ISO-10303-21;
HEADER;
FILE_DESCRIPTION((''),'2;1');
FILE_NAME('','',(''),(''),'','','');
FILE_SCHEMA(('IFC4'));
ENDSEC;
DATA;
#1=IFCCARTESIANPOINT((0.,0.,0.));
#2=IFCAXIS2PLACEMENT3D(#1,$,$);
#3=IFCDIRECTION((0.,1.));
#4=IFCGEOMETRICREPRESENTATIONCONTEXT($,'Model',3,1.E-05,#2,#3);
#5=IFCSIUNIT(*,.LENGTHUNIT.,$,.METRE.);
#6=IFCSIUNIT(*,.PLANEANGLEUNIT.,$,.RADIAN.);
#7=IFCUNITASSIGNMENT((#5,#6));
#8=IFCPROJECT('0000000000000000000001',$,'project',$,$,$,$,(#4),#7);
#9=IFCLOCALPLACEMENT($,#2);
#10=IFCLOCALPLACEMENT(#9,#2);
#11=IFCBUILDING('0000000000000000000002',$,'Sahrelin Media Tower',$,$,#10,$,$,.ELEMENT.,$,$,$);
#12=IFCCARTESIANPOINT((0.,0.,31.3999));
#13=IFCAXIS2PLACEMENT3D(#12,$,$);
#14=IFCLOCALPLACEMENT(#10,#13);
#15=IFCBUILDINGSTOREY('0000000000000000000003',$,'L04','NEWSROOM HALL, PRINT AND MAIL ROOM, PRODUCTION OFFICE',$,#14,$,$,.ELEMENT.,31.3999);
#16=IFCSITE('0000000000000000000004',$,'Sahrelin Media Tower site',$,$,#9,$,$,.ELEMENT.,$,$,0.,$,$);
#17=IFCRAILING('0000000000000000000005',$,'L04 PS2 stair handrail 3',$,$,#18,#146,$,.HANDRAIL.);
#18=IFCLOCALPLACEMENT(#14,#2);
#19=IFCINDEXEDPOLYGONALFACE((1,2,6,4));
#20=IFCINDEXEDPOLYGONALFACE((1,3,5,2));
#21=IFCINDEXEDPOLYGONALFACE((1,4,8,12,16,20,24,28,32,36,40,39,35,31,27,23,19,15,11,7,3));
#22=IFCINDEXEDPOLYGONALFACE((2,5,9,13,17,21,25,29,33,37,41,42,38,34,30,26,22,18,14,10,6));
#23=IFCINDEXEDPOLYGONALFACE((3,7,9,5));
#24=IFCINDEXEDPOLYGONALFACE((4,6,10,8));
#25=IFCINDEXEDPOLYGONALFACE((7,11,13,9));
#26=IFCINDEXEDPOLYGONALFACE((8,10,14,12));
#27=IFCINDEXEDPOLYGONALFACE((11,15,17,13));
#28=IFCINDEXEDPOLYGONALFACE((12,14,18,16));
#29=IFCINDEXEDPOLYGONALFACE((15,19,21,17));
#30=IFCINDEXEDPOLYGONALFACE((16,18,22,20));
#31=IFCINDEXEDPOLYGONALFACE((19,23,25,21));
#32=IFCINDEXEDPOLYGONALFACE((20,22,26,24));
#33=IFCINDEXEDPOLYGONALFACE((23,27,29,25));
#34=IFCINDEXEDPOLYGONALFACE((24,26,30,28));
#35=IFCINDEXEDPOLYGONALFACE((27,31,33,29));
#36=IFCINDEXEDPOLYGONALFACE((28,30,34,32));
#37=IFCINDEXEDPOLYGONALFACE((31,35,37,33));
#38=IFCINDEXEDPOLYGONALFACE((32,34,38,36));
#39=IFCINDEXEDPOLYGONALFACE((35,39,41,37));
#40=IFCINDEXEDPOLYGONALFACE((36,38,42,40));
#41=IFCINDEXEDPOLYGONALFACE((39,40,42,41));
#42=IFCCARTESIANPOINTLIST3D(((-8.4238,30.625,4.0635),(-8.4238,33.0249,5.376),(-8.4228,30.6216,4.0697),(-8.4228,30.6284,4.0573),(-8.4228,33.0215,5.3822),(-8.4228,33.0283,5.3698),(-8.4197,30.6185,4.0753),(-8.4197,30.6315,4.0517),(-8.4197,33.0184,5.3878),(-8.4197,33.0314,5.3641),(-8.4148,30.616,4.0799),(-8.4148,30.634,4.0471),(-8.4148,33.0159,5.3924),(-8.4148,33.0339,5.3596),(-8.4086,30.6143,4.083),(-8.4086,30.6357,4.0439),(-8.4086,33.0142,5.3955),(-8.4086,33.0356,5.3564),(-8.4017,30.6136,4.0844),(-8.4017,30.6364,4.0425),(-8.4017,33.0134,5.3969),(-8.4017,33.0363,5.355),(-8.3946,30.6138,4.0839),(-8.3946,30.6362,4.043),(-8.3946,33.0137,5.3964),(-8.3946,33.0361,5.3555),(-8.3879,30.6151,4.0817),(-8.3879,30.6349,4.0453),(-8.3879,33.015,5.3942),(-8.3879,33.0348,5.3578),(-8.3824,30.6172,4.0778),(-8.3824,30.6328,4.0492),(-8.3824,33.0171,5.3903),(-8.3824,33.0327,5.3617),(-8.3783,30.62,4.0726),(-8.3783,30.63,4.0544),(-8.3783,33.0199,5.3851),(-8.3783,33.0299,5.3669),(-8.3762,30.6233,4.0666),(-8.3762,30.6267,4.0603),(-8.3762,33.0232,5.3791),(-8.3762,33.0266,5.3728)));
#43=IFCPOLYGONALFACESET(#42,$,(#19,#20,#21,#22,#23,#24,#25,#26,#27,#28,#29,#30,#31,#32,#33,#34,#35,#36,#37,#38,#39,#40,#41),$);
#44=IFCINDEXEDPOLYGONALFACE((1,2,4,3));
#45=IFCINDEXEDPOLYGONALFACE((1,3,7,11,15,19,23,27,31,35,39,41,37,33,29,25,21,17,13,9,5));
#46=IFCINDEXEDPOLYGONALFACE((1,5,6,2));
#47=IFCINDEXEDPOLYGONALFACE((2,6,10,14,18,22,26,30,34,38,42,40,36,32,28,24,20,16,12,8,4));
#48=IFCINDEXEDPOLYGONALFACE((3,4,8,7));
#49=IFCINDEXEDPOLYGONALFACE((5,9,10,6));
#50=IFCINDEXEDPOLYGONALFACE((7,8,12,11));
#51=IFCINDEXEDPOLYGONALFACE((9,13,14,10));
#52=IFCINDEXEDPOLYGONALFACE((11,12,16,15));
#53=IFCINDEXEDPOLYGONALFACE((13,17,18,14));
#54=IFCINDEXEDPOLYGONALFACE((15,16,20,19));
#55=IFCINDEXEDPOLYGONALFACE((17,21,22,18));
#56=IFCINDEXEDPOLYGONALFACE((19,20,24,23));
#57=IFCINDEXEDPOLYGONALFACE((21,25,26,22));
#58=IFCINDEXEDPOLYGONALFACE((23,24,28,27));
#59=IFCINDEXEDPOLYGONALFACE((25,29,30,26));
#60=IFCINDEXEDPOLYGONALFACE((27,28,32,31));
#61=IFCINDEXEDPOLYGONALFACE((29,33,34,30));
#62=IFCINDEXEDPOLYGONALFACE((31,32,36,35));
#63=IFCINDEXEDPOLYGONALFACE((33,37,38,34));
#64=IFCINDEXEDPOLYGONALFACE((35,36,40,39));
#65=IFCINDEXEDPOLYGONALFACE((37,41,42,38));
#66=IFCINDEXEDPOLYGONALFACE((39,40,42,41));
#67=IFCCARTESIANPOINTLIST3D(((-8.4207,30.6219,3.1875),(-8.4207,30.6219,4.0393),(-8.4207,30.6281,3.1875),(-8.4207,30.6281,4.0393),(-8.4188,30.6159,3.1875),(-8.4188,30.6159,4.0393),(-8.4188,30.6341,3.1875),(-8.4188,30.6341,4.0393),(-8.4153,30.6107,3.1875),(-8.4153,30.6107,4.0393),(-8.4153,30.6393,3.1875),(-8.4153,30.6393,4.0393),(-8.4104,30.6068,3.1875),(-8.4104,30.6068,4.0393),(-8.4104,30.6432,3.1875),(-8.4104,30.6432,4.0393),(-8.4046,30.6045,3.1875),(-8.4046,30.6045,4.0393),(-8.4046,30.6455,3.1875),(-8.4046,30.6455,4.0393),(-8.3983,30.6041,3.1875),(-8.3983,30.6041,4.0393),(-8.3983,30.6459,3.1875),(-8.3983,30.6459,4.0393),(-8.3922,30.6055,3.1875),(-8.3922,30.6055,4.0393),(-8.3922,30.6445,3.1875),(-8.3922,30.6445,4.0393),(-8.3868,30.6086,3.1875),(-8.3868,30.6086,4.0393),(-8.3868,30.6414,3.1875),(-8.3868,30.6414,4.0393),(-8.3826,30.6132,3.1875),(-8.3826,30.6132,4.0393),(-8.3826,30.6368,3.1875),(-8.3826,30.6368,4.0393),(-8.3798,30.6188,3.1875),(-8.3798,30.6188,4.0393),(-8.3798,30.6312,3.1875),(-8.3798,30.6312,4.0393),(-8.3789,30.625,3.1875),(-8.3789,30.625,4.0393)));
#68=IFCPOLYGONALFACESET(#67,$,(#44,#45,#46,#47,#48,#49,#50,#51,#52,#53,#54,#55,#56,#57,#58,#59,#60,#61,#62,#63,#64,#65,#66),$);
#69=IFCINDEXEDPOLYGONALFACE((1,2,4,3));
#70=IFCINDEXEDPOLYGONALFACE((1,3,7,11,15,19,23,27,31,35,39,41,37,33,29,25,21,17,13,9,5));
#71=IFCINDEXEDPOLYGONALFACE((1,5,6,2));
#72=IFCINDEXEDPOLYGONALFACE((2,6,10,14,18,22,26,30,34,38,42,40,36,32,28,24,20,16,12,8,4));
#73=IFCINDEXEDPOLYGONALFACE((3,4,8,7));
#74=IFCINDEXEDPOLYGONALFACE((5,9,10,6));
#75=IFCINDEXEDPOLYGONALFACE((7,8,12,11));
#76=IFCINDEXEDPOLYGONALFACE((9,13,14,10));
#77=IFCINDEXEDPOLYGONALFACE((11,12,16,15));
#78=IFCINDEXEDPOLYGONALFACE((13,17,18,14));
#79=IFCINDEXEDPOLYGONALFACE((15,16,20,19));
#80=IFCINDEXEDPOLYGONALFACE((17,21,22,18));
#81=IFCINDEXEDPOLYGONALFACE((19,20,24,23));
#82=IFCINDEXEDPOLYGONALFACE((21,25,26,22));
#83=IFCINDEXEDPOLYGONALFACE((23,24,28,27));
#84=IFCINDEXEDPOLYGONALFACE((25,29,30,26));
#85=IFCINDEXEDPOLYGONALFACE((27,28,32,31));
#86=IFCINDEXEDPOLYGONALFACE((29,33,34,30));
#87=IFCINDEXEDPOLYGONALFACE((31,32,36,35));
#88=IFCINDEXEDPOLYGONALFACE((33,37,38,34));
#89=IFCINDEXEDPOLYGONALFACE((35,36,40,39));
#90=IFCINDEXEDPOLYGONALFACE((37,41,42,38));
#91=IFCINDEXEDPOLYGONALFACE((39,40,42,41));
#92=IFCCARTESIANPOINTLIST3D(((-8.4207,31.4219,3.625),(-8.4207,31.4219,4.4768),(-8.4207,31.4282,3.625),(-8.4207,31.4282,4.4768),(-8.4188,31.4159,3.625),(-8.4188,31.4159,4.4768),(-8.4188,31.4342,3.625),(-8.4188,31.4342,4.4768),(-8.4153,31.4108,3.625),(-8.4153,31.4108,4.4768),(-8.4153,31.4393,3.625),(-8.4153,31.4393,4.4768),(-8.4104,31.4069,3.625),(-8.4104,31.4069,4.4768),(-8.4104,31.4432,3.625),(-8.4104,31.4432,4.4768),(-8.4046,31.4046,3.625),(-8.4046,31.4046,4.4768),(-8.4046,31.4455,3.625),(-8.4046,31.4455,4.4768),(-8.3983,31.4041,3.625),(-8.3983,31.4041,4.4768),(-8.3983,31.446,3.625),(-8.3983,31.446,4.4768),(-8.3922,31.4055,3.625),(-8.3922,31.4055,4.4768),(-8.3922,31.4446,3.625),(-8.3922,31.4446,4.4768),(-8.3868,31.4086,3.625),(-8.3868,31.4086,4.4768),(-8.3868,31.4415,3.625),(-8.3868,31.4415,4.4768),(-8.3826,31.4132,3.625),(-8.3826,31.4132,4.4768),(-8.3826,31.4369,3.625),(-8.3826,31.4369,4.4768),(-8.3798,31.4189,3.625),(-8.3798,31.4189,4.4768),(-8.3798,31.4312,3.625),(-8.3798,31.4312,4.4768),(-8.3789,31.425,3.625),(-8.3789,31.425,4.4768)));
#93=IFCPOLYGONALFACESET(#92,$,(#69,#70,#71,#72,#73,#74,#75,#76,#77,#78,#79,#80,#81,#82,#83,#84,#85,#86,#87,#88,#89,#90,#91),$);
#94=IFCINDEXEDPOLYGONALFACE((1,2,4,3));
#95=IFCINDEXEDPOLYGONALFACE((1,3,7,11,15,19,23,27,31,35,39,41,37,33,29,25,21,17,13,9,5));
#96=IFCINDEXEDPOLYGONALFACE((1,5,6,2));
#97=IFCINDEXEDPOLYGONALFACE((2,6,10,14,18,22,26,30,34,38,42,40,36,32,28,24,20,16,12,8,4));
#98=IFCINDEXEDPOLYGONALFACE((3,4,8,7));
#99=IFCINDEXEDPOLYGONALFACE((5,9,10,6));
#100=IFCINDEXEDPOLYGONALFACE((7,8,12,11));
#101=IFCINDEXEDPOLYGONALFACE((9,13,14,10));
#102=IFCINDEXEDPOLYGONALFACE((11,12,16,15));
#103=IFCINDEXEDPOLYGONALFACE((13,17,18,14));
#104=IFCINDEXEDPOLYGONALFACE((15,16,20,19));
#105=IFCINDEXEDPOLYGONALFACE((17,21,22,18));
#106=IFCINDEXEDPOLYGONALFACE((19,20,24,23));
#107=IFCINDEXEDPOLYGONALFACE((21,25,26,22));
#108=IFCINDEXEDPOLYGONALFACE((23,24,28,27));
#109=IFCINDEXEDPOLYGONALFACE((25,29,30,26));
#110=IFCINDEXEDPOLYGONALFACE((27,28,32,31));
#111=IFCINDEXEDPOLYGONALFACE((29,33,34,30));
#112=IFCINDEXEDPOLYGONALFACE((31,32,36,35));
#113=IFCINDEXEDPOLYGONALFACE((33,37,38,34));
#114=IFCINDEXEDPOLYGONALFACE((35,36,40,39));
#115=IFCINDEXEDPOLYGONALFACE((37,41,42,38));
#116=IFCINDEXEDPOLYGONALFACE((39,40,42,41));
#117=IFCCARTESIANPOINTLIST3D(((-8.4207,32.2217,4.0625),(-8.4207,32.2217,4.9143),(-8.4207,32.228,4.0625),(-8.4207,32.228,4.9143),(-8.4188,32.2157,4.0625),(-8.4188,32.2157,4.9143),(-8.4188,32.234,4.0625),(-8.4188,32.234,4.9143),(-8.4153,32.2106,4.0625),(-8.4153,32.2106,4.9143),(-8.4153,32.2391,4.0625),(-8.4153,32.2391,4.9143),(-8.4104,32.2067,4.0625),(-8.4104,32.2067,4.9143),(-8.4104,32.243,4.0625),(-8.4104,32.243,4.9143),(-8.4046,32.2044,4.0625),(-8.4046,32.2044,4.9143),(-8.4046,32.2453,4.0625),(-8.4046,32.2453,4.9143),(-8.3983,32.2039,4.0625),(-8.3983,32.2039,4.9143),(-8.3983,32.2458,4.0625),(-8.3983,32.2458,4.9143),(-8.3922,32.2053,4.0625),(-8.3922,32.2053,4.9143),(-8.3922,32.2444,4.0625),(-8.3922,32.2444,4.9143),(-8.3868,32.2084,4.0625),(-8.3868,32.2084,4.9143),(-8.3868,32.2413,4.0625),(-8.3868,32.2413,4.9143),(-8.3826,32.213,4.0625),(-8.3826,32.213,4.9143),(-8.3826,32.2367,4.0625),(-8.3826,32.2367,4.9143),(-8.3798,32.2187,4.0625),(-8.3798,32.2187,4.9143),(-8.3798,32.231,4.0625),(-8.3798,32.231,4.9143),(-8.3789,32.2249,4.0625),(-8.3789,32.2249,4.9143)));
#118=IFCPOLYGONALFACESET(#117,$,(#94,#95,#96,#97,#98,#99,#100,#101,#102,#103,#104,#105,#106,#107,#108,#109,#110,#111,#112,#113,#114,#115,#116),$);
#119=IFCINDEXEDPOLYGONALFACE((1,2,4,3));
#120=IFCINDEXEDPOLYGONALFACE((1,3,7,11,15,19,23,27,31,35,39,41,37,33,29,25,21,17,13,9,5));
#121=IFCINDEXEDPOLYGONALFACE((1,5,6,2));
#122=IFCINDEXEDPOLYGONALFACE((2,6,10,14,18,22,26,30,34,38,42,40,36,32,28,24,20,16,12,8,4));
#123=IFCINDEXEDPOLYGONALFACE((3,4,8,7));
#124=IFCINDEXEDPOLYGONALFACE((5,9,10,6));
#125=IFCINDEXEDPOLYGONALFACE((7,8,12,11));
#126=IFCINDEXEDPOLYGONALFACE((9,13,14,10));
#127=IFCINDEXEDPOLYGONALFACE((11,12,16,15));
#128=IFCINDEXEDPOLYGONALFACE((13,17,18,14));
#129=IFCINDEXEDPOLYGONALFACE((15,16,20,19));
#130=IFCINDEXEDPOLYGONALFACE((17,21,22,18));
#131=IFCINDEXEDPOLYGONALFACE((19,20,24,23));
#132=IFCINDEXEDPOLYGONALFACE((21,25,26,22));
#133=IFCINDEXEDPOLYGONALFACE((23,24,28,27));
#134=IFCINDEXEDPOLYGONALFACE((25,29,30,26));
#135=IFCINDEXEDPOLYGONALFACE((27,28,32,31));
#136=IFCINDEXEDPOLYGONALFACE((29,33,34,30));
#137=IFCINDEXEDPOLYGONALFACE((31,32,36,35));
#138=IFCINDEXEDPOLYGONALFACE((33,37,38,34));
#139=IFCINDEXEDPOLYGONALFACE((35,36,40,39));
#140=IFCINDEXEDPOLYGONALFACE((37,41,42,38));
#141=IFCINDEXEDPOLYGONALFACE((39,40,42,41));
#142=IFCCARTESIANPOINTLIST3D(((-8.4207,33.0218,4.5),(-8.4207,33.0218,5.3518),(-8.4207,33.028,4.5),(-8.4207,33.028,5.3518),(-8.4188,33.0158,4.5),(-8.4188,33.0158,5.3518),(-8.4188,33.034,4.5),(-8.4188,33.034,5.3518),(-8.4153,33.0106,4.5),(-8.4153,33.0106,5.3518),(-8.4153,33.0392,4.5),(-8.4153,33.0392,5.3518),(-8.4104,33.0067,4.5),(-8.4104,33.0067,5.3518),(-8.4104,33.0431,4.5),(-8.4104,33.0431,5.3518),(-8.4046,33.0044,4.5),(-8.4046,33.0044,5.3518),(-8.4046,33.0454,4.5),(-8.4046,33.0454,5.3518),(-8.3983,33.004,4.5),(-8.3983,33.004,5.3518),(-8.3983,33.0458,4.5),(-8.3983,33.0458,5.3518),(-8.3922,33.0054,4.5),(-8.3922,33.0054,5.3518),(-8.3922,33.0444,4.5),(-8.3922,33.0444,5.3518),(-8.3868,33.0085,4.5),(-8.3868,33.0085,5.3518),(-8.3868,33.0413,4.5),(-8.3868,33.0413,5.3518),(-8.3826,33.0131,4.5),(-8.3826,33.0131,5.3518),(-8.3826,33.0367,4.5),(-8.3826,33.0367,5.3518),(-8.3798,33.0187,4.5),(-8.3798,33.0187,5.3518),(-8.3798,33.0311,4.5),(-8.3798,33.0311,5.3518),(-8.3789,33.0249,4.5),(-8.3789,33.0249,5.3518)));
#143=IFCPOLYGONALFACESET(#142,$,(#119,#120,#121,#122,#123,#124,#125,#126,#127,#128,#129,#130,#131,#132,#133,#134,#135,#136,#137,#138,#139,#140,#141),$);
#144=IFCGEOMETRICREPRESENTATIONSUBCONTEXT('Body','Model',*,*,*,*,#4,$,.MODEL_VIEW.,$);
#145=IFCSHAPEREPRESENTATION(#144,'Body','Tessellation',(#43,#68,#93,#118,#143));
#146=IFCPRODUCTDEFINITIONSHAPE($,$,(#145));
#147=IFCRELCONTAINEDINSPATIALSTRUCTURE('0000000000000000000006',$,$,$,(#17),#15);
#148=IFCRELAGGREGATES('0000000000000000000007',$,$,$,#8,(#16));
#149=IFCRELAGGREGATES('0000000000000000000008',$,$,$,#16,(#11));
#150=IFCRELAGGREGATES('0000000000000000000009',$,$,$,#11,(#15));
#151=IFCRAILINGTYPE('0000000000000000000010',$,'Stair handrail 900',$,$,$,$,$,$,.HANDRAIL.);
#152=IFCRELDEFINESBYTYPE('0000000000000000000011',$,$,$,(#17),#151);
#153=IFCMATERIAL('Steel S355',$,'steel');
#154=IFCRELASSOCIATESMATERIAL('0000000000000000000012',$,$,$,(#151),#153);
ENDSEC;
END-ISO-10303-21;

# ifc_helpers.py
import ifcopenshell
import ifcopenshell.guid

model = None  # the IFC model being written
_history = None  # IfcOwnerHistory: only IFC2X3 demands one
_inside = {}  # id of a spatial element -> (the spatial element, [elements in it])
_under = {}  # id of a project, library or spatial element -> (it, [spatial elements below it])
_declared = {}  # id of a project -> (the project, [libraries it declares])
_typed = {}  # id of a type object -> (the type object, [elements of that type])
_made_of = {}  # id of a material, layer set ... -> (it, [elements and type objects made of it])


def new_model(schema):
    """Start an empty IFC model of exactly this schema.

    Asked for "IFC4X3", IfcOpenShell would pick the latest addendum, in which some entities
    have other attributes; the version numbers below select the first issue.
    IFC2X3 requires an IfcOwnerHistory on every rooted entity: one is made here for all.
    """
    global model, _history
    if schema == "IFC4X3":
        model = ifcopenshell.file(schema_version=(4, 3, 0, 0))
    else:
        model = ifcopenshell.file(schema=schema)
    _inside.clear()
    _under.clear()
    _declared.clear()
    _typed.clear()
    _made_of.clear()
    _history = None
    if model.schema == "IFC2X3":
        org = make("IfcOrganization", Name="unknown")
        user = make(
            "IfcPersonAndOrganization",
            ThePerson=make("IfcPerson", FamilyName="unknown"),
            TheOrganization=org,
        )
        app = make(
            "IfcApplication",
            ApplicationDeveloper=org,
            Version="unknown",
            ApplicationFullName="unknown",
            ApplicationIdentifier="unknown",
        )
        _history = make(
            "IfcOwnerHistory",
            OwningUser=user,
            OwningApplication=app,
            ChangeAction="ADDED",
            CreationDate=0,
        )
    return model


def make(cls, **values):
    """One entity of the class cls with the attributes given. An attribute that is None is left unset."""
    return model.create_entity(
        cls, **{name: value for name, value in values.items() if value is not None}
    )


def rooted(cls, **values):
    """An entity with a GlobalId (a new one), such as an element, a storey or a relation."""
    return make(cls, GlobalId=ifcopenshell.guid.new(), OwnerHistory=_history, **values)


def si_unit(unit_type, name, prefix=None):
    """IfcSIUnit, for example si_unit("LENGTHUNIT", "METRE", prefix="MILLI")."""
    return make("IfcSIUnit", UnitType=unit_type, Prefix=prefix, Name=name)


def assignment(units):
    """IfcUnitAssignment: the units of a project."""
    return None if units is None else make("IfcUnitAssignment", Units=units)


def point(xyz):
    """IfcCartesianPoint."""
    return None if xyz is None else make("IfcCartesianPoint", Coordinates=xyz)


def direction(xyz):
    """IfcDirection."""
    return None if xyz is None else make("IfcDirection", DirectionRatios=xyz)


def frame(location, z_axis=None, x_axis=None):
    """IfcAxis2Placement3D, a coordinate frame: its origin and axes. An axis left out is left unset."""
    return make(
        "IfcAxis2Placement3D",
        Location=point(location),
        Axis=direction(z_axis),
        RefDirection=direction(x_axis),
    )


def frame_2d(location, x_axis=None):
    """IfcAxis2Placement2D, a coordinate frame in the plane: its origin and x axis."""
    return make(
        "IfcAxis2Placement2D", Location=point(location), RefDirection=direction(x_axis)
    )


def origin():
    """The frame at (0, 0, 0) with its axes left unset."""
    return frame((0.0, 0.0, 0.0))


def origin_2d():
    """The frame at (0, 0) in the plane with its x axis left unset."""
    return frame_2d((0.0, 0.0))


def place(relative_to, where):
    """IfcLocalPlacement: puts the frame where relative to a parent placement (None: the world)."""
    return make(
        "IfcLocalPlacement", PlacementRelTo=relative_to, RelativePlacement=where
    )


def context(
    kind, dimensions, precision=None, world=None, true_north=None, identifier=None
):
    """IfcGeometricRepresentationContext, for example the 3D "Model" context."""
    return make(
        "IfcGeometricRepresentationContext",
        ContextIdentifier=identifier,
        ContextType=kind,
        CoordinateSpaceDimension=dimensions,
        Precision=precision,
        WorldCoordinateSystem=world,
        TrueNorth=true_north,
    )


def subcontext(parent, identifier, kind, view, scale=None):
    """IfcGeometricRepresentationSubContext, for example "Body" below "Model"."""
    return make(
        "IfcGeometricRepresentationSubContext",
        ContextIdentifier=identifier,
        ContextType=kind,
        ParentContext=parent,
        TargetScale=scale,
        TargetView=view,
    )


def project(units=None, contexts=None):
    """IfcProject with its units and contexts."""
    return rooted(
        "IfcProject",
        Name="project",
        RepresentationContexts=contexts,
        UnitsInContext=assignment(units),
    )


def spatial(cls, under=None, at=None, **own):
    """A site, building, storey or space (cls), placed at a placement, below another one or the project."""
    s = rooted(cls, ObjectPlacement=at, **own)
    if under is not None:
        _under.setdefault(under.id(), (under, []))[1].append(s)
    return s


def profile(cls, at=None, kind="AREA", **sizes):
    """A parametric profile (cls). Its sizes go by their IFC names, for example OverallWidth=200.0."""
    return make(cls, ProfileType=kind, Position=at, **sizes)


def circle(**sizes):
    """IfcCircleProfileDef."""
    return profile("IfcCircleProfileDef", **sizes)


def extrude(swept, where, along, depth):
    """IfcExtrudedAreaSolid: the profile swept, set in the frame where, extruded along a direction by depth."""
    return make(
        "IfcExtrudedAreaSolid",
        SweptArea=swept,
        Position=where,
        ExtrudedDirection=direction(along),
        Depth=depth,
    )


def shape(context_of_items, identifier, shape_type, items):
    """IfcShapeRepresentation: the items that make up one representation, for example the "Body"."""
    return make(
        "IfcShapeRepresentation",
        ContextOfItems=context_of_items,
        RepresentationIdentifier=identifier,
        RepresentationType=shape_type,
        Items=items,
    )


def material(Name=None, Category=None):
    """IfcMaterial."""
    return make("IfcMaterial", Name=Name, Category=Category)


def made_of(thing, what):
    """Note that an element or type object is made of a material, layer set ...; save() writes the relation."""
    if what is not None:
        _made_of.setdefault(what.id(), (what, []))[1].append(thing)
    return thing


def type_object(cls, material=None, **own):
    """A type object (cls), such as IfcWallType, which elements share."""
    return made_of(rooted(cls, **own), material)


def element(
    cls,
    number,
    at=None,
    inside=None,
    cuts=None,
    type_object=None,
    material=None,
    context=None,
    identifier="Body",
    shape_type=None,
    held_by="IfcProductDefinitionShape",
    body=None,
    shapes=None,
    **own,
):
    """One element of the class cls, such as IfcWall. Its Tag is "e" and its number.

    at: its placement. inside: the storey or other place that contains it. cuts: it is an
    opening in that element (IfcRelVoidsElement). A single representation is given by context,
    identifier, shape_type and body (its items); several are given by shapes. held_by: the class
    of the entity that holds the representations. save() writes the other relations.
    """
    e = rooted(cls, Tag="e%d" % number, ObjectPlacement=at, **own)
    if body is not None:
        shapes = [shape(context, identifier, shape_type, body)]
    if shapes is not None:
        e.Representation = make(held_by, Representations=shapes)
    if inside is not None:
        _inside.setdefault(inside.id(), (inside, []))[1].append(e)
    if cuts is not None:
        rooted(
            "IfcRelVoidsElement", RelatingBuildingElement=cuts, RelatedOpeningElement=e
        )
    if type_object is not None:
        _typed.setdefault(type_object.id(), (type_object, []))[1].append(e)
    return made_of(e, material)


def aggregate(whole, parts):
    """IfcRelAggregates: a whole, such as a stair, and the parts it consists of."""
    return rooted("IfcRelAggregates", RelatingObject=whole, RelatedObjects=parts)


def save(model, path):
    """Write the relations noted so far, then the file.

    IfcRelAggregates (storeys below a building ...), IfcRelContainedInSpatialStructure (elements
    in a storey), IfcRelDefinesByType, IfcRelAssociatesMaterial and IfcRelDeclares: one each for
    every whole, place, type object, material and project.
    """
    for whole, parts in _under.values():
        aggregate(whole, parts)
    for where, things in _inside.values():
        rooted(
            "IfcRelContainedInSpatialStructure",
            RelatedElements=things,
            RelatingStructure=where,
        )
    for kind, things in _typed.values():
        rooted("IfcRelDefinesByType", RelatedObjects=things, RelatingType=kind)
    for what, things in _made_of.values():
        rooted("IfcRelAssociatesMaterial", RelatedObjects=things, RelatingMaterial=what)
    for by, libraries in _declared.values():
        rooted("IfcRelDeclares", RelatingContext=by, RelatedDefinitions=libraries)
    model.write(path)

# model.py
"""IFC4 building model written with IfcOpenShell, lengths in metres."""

from ifc_helpers import new_model, si_unit, direction, frame, origin, origin_2d, place, context, subcontext, project, spatial, circle, extrude, material, type_object, element, save


model = new_model("IFC4")

# Units and contexts
model_context = context("Model", 3, precision=1e-05, world=origin(), true_north=direction((0.0, 1.0)))
body_context = subcontext(model_context, "Body", "Model", "MODEL_VIEW")
ifc_project = project(units=[si_unit("LENGTHUNIT", "METRE"), si_unit("PLANEANGLEUNIT", "RADIAN")], contexts=[model_context])

# Site, building, storey
site_placement = place(None, origin())
site = spatial("IfcSite", under=ifc_project, at=site_placement, Name="Sahrelin Media Tower site", CompositionType="ELEMENT", RefElevation=0.0)
building_placement = place(site_placement, origin())
building = spatial("IfcBuilding", under=site, at=building_placement, Name="Sahrelin Media Tower", CompositionType="ELEMENT")
storey_placement = place(building_placement, frame((0.0, 0.0, 31.3999)))
storey = spatial("IfcBuildingStorey", under=building, at=storey_placement, Name="L04", Description="NEWSROOM HALL, PRINT AND MAIL ROOM, PRODUCTION OFFICE", CompositionType="ELEMENT", Elevation=31.3999)

# Shared definitions
ifc_material_1 = material(Name="Steel S355", Category="steel")

# Railing
railing_type = type_object("IfcRailingType", Name="Stair handrail 900", PredefinedType="HANDRAIL", material=ifc_material_1)
for number, where, name in (
    (1, (-8.3999, 30.625, 3.1875), "L04 PS2 stair handrail 3"),
):
    element("IfcRailing", number, at=place(storey_placement, frame(where)), inside=storey, type_object=railing_type, Name=name, PredefinedType="HANDRAIL", context=body_context, shape_type="SweptSolid", body=[
        extrude(circle(Radius=0.0239, at=origin_2d()), frame((0.0, 0.0, 0.876), z_axis=(0.0, 0.877363, 0.479827), x_axis=(-1.0, 0.0, 0.0)), (0.0, 0.0, 1.0), 2.7354),
        extrude(circle(Radius=0.021, at=origin_2d()), origin(), (0.0, 0.0, 1.0), 0.8518),
        extrude(circle(Radius=0.021, at=origin_2d()), frame((0.0, 0.8, 0.4375)), (0.0, 0.0, 1.0), 0.8518),
        extrude(circle(Radius=0.021, at=origin_2d()), frame((0.0, 1.5999, 0.875)), (0.0, 0.0, 1.0), 0.8518),
        extrude(circle(Radius=0.021, at=origin_2d()), frame((0.0, 2.3999, 1.3125)), (0.0, 0.0, 1.0), 0.8518),
    ])

save(model, "model.ifc")
